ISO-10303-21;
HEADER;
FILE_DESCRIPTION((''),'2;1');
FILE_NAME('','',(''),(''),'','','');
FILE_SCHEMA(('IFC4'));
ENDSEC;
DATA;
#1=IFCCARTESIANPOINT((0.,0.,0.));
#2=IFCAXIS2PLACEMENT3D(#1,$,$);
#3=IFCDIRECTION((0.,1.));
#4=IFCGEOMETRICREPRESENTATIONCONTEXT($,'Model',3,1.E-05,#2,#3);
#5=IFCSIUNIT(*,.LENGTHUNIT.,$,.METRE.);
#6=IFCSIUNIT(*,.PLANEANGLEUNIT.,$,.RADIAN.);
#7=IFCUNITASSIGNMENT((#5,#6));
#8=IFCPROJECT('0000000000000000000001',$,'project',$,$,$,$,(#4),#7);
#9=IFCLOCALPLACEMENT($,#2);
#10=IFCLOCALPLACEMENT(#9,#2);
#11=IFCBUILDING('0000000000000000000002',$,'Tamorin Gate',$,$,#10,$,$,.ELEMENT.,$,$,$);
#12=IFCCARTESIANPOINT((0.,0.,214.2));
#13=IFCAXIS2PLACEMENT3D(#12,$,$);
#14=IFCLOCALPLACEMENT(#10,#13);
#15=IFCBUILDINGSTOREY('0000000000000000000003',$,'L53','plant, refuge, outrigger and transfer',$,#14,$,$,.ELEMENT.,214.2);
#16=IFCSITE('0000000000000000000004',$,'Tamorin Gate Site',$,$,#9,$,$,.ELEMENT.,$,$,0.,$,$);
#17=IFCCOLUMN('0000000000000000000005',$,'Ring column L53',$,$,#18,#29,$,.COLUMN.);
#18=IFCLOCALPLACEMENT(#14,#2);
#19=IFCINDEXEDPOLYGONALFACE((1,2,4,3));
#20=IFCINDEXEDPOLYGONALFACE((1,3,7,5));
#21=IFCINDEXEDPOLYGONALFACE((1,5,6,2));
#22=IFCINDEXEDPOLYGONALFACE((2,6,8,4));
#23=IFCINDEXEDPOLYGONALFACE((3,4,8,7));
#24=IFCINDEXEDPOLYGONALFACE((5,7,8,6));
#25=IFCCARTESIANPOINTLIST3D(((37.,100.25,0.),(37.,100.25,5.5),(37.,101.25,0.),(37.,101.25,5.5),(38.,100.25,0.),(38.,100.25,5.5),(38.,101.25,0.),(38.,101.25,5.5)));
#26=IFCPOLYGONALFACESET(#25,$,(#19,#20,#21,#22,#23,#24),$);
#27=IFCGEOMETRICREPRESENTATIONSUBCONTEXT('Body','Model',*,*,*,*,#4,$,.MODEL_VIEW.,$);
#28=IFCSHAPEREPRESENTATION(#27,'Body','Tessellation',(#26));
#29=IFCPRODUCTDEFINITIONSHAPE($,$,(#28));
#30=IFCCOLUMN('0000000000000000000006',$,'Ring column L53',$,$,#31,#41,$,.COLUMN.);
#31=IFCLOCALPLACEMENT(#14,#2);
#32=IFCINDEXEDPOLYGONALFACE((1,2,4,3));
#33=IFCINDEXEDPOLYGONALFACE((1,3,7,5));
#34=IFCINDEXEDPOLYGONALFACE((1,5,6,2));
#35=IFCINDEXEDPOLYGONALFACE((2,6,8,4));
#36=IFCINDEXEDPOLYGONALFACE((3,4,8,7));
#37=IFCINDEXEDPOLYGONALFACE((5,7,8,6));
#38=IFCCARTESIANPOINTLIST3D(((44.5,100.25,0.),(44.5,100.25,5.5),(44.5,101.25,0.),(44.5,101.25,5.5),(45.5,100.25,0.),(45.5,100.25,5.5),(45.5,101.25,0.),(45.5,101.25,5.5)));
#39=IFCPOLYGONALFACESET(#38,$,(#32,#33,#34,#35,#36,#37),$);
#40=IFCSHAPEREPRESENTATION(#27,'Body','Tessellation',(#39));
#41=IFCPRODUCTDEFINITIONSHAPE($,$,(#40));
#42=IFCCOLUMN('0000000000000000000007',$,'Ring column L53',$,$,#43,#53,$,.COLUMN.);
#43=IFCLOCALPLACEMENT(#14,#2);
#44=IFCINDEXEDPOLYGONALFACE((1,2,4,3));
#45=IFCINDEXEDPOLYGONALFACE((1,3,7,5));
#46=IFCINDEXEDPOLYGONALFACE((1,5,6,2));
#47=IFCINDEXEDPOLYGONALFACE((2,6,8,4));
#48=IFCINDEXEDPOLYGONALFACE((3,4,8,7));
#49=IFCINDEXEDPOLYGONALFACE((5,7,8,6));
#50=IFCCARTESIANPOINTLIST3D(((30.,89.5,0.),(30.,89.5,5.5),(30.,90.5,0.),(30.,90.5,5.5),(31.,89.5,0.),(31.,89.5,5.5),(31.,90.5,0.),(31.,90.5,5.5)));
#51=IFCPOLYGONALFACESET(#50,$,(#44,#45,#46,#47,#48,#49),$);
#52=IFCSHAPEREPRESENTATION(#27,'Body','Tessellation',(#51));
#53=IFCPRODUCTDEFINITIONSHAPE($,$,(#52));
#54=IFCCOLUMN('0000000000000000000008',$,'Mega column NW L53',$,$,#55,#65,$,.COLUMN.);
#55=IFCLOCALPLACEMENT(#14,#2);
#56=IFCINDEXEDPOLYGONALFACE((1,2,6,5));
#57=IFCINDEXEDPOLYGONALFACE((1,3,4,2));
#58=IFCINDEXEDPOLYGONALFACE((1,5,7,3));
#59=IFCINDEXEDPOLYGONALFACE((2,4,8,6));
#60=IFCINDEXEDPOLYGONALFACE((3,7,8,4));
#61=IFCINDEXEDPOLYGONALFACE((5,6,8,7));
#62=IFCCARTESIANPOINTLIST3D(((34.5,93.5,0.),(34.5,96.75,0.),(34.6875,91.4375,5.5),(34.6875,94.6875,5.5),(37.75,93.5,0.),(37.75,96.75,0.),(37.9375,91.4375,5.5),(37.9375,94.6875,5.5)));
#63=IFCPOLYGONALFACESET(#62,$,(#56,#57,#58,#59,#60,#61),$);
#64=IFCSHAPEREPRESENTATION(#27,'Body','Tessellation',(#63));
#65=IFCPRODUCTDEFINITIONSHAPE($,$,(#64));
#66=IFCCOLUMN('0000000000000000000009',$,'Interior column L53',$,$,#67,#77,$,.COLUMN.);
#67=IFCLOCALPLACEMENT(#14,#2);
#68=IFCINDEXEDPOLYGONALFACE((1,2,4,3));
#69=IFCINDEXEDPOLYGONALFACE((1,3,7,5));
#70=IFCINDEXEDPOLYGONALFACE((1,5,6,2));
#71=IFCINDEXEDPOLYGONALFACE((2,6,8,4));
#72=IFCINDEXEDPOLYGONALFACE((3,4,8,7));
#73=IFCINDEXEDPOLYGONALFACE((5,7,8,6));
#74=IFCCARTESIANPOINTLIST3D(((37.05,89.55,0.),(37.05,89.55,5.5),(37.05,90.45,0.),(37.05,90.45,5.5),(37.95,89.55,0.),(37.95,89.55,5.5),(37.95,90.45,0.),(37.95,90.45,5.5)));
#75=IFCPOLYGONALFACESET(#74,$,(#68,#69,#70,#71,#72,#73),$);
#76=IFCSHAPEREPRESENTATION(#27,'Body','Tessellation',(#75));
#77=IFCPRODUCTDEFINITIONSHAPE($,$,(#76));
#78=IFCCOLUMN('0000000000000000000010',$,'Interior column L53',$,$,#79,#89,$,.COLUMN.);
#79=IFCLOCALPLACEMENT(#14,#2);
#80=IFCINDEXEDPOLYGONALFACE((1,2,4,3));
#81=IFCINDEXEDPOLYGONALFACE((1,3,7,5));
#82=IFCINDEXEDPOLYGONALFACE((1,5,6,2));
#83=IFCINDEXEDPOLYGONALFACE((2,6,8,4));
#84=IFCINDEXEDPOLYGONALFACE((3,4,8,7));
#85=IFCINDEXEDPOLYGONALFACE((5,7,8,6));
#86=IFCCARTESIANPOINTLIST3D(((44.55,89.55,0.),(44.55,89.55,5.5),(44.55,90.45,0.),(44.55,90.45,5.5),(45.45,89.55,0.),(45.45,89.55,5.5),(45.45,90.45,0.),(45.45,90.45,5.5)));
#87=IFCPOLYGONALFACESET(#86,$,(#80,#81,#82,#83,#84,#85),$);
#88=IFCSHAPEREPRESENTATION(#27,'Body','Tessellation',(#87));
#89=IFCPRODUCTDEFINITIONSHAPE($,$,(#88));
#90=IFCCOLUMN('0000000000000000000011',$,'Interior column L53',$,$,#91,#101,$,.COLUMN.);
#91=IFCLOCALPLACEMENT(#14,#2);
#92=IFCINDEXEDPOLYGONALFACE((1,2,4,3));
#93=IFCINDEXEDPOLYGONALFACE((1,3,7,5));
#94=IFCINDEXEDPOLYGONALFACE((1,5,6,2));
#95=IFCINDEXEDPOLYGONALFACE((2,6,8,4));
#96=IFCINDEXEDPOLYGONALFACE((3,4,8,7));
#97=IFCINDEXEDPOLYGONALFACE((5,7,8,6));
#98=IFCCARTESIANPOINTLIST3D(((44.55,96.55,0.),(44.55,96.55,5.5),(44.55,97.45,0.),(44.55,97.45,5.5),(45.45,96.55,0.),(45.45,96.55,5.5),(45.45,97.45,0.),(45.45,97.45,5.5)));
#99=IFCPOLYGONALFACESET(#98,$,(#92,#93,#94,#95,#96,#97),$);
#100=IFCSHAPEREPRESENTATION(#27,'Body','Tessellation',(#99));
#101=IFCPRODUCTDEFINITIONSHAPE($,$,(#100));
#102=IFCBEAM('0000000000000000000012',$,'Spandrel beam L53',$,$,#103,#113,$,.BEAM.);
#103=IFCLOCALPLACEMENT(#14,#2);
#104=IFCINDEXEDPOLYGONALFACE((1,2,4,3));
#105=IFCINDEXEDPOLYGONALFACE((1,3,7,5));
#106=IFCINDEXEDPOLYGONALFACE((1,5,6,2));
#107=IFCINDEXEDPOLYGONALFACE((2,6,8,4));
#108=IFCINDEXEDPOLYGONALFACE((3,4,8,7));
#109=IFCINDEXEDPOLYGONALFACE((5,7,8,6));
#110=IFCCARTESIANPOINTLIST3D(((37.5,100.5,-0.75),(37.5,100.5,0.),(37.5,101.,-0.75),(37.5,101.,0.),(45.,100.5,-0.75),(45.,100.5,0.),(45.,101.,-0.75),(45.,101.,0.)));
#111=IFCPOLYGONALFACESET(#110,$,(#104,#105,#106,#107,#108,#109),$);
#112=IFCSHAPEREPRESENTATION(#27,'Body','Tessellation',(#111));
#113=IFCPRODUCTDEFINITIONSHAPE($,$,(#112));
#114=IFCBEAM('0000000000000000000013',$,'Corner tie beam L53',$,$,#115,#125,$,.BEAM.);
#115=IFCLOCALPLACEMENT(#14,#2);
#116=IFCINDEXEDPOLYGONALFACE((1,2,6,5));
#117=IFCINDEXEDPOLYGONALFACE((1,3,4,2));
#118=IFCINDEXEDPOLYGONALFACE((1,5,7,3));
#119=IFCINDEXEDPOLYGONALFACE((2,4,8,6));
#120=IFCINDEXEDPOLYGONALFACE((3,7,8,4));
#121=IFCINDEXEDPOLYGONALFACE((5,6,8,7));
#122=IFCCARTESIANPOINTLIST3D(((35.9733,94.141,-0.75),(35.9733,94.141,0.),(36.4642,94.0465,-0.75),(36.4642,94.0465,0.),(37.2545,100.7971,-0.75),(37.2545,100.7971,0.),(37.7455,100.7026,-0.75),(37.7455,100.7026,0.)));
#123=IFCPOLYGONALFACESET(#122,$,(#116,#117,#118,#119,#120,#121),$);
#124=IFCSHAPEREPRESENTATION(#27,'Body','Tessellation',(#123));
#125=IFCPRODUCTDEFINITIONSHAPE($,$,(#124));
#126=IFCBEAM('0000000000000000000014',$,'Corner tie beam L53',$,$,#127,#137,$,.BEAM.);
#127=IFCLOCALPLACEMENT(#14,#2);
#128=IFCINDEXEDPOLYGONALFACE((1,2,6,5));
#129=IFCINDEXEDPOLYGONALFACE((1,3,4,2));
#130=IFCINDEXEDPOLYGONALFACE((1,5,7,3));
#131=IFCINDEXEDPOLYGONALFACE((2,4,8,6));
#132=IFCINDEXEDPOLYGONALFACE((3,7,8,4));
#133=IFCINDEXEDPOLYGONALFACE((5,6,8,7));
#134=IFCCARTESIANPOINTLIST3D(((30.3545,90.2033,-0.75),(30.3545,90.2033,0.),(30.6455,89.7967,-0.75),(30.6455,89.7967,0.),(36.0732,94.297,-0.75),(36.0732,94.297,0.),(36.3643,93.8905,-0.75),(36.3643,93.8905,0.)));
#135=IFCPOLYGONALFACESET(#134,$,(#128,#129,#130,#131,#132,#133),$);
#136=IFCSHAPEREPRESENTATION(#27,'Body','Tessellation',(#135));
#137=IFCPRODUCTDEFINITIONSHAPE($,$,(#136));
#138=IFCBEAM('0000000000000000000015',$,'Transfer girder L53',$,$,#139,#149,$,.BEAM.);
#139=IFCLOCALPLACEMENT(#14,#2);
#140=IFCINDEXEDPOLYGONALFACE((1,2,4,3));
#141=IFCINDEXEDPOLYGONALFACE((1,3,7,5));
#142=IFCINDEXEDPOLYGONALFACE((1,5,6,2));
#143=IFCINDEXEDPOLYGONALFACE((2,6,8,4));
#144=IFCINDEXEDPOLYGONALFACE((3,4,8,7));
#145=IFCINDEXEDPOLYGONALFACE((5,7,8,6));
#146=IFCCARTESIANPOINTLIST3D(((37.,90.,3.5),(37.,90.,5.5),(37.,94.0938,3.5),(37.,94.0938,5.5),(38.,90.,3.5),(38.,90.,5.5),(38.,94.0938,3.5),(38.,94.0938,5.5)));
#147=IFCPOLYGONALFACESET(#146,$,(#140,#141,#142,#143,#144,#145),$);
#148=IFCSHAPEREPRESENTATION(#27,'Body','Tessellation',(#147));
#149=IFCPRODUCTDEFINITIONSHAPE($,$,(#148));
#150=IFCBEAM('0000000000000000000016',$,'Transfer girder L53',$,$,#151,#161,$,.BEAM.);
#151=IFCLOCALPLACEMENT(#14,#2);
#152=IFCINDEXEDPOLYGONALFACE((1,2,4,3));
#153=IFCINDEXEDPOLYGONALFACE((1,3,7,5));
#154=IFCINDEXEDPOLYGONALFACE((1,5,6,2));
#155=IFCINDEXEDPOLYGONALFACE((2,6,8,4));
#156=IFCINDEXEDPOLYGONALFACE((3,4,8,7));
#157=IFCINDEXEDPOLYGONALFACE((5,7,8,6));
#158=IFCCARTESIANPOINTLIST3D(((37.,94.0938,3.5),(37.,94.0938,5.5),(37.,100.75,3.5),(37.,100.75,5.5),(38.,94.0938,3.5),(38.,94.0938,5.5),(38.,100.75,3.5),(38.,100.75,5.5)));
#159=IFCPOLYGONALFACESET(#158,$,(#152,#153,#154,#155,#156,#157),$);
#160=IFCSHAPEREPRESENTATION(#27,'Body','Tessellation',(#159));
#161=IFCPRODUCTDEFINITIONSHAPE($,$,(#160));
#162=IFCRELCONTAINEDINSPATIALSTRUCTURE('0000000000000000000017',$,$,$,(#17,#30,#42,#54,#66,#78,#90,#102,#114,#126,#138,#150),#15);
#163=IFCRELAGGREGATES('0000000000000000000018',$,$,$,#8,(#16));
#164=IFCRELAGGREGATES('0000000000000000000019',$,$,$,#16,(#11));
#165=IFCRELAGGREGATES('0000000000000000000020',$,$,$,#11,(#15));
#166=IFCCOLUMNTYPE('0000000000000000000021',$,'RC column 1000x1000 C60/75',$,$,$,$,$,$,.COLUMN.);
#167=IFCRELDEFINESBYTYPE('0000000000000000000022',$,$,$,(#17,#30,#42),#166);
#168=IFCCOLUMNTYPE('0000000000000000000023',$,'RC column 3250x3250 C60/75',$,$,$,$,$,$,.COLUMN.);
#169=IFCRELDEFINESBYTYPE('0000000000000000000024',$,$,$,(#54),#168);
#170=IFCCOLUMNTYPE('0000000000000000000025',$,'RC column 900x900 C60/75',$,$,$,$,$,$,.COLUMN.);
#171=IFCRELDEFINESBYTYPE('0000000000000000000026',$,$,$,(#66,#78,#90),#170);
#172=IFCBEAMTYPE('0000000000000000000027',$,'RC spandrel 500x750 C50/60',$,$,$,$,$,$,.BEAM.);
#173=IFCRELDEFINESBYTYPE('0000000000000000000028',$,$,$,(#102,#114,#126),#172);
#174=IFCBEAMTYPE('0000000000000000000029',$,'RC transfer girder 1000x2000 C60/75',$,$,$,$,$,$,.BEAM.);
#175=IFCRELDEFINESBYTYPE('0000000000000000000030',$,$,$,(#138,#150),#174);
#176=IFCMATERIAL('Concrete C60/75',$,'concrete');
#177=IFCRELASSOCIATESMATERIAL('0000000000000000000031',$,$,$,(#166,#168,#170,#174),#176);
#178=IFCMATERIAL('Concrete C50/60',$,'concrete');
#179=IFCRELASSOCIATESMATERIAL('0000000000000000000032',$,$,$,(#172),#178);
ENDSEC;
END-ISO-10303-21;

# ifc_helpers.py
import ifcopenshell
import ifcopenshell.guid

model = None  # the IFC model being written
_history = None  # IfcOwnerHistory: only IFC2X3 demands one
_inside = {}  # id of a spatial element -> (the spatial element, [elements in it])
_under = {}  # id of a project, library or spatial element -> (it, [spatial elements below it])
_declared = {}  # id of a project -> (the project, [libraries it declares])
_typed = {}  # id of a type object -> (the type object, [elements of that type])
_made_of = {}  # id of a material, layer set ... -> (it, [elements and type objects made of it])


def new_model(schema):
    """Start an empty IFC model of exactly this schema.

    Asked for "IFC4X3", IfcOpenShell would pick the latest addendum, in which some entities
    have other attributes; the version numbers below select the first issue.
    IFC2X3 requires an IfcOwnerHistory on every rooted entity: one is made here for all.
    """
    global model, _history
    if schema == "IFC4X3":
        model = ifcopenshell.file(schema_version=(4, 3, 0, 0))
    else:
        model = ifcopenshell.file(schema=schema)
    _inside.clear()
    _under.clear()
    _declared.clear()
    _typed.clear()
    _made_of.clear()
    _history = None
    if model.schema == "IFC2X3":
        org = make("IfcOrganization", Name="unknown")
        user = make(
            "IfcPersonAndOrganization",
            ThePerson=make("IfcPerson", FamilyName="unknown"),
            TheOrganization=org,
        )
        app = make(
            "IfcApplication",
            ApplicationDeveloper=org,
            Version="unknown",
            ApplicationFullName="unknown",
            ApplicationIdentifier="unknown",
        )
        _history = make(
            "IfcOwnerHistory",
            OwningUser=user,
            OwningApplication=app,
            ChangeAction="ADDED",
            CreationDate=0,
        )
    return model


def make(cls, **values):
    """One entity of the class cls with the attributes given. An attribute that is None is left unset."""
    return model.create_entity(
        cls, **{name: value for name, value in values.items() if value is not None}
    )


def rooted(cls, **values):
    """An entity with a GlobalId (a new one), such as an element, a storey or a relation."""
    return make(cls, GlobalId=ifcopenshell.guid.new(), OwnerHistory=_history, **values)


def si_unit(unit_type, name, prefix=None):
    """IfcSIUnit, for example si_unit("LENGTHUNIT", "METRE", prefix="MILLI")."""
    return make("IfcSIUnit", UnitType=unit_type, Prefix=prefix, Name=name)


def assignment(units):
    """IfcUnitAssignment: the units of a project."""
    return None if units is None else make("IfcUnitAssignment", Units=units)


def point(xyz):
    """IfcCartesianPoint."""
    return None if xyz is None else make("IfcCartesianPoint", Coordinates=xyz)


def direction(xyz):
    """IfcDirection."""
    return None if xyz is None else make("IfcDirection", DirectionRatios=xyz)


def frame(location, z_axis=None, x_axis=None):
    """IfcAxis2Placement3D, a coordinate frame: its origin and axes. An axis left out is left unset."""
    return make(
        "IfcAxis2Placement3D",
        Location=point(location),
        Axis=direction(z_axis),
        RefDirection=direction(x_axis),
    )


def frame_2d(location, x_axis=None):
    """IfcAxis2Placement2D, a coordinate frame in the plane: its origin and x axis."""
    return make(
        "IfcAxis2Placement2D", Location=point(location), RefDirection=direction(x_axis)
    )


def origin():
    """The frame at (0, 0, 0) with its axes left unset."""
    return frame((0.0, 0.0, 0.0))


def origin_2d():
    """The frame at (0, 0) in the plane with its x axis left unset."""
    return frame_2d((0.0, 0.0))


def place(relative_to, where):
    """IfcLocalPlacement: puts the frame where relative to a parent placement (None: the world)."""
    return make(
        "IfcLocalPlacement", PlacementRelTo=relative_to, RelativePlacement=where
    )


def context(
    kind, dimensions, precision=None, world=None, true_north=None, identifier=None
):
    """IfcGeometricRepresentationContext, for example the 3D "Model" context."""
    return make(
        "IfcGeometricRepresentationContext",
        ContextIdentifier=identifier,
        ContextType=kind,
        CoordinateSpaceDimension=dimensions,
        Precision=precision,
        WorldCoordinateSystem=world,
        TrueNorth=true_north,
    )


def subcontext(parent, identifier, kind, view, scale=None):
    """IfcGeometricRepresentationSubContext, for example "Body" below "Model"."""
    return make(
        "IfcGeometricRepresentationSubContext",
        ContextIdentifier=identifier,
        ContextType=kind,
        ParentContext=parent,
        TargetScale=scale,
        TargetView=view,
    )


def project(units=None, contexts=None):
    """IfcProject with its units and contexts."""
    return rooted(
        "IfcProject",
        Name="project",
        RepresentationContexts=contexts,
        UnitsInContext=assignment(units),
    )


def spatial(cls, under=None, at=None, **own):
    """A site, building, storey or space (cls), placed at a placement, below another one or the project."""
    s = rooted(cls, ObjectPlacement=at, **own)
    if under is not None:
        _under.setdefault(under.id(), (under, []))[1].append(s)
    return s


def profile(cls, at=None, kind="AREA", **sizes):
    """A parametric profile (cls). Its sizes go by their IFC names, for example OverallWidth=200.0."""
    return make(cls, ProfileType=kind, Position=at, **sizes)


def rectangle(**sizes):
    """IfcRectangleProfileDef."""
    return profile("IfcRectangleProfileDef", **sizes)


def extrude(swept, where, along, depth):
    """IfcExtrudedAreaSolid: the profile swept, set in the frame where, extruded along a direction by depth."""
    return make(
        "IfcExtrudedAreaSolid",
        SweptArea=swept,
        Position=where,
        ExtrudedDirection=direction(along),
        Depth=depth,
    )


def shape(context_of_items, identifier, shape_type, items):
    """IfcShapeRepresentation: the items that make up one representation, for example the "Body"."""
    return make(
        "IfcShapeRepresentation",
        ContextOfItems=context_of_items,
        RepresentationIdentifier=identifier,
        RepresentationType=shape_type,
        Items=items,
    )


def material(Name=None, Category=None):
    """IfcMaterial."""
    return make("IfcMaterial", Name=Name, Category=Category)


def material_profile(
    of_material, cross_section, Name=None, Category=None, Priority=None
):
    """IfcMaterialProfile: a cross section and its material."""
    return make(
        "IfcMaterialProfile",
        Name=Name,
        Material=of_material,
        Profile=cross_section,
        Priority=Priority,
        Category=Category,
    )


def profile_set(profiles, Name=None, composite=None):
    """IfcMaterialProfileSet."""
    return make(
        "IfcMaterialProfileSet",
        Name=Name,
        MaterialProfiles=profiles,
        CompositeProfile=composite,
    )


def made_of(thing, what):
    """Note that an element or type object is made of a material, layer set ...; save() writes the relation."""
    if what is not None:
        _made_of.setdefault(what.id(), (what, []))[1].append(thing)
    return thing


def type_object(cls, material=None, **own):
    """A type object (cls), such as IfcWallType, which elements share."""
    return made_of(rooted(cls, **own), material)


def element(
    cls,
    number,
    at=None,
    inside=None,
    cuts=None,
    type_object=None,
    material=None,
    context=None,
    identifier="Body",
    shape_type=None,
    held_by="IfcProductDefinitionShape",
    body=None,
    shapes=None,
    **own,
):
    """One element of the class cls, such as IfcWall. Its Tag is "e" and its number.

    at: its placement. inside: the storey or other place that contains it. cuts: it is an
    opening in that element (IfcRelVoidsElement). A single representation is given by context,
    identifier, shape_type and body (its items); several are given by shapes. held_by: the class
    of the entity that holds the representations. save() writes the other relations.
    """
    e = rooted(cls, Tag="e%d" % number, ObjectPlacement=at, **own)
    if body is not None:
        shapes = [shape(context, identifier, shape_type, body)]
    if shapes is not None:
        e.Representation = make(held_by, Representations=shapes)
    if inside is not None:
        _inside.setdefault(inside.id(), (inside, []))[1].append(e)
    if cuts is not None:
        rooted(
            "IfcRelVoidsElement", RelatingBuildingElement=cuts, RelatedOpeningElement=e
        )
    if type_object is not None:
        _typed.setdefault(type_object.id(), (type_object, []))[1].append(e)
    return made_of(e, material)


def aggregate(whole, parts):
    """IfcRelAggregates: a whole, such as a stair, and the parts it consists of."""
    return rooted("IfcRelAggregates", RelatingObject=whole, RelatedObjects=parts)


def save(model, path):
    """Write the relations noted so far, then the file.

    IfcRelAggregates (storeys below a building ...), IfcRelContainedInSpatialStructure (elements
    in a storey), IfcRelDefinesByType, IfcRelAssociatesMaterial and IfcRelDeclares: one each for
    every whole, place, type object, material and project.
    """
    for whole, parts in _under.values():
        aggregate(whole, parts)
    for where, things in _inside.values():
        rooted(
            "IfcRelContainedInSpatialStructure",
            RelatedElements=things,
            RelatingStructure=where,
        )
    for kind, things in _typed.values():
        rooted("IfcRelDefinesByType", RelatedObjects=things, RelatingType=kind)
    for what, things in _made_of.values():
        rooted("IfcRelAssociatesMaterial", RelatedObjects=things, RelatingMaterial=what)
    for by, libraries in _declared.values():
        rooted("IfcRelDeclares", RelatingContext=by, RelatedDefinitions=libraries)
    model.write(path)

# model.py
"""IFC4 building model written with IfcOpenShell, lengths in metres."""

from ifc_helpers import new_model, si_unit, direction, frame, origin, origin_2d, place, context, subcontext, project, spatial, rectangle, extrude, material, material_profile, profile_set, type_object, element, save


model = new_model("IFC4")

# Units and contexts
model_context = context("Model", 3, precision=1e-05, world=origin(), true_north=direction((0.0, 1.0)))
body_context = subcontext(model_context, "Body", "Model", "MODEL_VIEW")
ifc_project = project(units=[si_unit("LENGTHUNIT", "METRE"), si_unit("PLANEANGLEUNIT", "RADIAN")], contexts=[model_context])

# Site, building, storey
site_placement = place(None, origin())
site = spatial("IfcSite", under=ifc_project, at=site_placement, Name="Tamorin Gate Site", CompositionType="ELEMENT", RefElevation=0.0)
building_placement = place(site_placement, origin())
building = spatial("IfcBuilding", under=site, at=building_placement, Name="Tamorin Gate", CompositionType="ELEMENT")
storey_placement = place(building_placement, frame((0.0, 0.0, 214.2)))
storey = spatial("IfcBuildingStorey", under=building, at=storey_placement, Name="L53", Description="plant, refuge, outrigger and transfer", CompositionType="ELEMENT", Elevation=214.2)

# Columns
ifc_material_1 = material(Name="Concrete C60/75", Category="concrete")
ifc_material_profile_1 = material_profile(ifc_material_1, rectangle(XDim=1.0, YDim=1.0, at=origin_2d()), Name="RC 1000x1000")
ifc_profile_set_1 = profile_set([ifc_material_profile_1], Name="Concrete C60/75")
column_type_1 = type_object("IfcColumnType", Name="RC column 1000x1000 C60/75", PredefinedType="COLUMN", material=ifc_profile_set_1)
for number, where, z_axis, x_axis, name in (
    (1, (37.5, 100.75, 0.0), (0.0, 0.0, 1.0), (1.0, 0.0, 0.0), "Ring column L53"),
    (2, (45.0, 100.75, 0.0), (0.0, 0.0, 1.0), (1.0, 0.0, 0.0), "Ring column L53"),
    (3, (30.5, 90.0, 0.0), (0.0, 0.0, 1.0), (1.0, 0.0, 0.0), "Ring column L53"),
):
    element("IfcColumn", number, at=place(storey_placement, frame(where, z_axis=z_axis, x_axis=x_axis)), inside=storey, type_object=column_type_1, Name=name, PredefinedType="COLUMN", context=body_context, shape_type="SweptSolid", body=[
        extrude(rectangle(XDim=1.0, YDim=1.0, at=origin_2d()), origin(), (0.0, 0.0, 1.0), 5.5),
    ])
ifc_material_profile_2 = material_profile(ifc_material_1, rectangle(XDim=3.25, YDim=3.25, at=origin_2d()), Name="RC 3250x3250")
ifc_profile_set_2 = profile_set([ifc_material_profile_2], Name="Concrete C60/75")
column_type_2 = type_object("IfcColumnType", Name="RC column 3250x3250 C60/75", PredefinedType="COLUMN", material=ifc_profile_set_2)
column_placement = place(storey_placement, frame((36.125, 95.125, 0.0), z_axis=(0.0, 0.0, 1.0), x_axis=(0.0, -1.0, 0.0)))
element("IfcColumn", 4, at=column_placement, inside=storey, type_object=column_type_2, Name="Mega column NW L53", PredefinedType="COLUMN", context=body_context, shape_type="SweptSolid", body=[
    extrude(rectangle(XDim=3.25, YDim=3.25, at=origin_2d()), origin(), (0.350945, 0.031904, 0.935853), 5.877),
])
ifc_material_profile_3 = material_profile(ifc_material_1, rectangle(XDim=0.8999, YDim=0.8999, at=origin_2d()), Name="RC 900x900")
ifc_profile_set_3 = profile_set([ifc_material_profile_3], Name="Concrete C60/75")
column_type_3 = type_object("IfcColumnType", Name="RC column 900x900 C60/75", PredefinedType="COLUMN", material=ifc_profile_set_3)
for number, where, z_axis, x_axis, name in (
    (5, (37.5, 90.0, 0.0), (0.0, 0.0, 1.0), (1.0, 0.0, 0.0), "Interior column L53"),
    (6, (45.0, 90.0, 0.0), (0.0, 0.0, 1.0), (1.0, 0.0, 0.0), "Interior column L53"),
    (7, (45.0, 97.0, 0.0), (0.0, 0.0, 1.0), (1.0, 0.0, 0.0), "Interior column L53"),
):
    element("IfcColumn", number, at=place(storey_placement, frame(where, z_axis=z_axis, x_axis=x_axis)), inside=storey, type_object=column_type_3, Name=name, PredefinedType="COLUMN", context=body_context, shape_type="SweptSolid", body=[
        extrude(rectangle(XDim=0.8999, YDim=0.8999, at=origin_2d()), origin(), (0.0, 0.0, 1.0), 5.5),
    ])

# Beams
ifc_material_2 = material(Name="Concrete C50/60", Category="concrete")
ifc_material_profile_4 = material_profile(ifc_material_2, rectangle(XDim=0.5, YDim=0.75, at=origin_2d()), Name="RC 500x750")
ifc_profile_set_4 = profile_set([ifc_material_profile_4], Name="Concrete C50/60")
beam_type_1 = type_object("IfcBeamType", Name="RC spandrel 500x750 C50/60", PredefinedType="BEAM", material=ifc_profile_set_4)
beam_1_placement = place(storey_placement, frame((45.0, 100.75, -0.375), z_axis=(-1.0, 0.0, 0.0), x_axis=(0.0, -1.0, 0.0)))
element("IfcBeam", 8, at=beam_1_placement, inside=storey, type_object=beam_type_1, Name="Spandrel beam L53", PredefinedType="BEAM", context=body_context, shape_type="SweptSolid", body=[
    extrude(rectangle(XDim=0.5, YDim=0.75, at=origin_2d()), origin(), (0.0, 0.0, 1.0), 7.5),
])
beam_2_placement = place(storey_placement, frame((36.2188, 94.0938, -0.375), z_axis=(0.189018, 0.981974, 0.0), x_axis=(-0.981974, 0.189018, 0.0)))
element("IfcBeam", 9, at=beam_2_placement, inside=storey, type_object=beam_type_1, Name="Corner tie beam L53", PredefinedType="BEAM", context=body_context, shape_type="SweptSolid", body=[
    extrude(rectangle(XDim=0.5, YDim=0.75, at=origin_2d()), origin(), (0.0, 0.0, 1.0), 6.7783),
])
beam_3_placement = place(storey_placement, frame((36.2188, 94.0938, -0.375), z_axis=(-0.813133, -0.582079, 0.0), x_axis=(0.582079, -0.813133, 0.0)))
element("IfcBeam", 10, at=beam_3_placement, inside=storey, type_object=beam_type_1, Name="Corner tie beam L53", PredefinedType="BEAM", context=body_context, shape_type="SweptSolid", body=[
    extrude(rectangle(XDim=0.5, YDim=0.75, at=origin_2d()), origin(), (0.0, 0.0, 1.0), 7.033),
])
ifc_material_profile_5 = material_profile(ifc_material_1, rectangle(XDim=1.0, YDim=2.0, at=origin_2d()), Name="RC 1000x2000")
ifc_profile_set_5 = profile_set([ifc_material_profile_5], Name="Concrete C60/75")
beam_type_2 = type_object("IfcBeamType", Name="RC transfer girder 1000x2000 C60/75", PredefinedType="BEAM", material=ifc_profile_set_5)
beam_4_placement = place(storey_placement, frame((37.5, 90.0, 4.5), z_axis=(0.0, 1.0, 0.0), x_axis=(-1.0, 0.0, 0.0)))
element("IfcBeam", 11, at=beam_4_placement, inside=storey, type_object=beam_type_2, Name="Transfer girder L53", PredefinedType="BEAM", context=body_context, shape_type="SweptSolid", body=[
    extrude(rectangle(XDim=1.0, YDim=2.0, at=origin_2d()), origin(), (0.0, 0.0, 1.0), 4.0938),
])
beam_5_placement = place(storey_placement, frame((37.5, 94.0938, 4.5), z_axis=(0.0, 1.0, 0.0), x_axis=(-1.0, 0.0, 0.0)))
element("IfcBeam", 12, at=beam_5_placement, inside=storey, type_object=beam_type_2, Name="Transfer girder L53", PredefinedType="BEAM", context=body_context, shape_type="SweptSolid", body=[
    extrude(rectangle(XDim=1.0, YDim=2.0, at=origin_2d()), origin(), (0.0, 0.0, 1.0), 6.6562),
])

save(model, "model.ifc")
